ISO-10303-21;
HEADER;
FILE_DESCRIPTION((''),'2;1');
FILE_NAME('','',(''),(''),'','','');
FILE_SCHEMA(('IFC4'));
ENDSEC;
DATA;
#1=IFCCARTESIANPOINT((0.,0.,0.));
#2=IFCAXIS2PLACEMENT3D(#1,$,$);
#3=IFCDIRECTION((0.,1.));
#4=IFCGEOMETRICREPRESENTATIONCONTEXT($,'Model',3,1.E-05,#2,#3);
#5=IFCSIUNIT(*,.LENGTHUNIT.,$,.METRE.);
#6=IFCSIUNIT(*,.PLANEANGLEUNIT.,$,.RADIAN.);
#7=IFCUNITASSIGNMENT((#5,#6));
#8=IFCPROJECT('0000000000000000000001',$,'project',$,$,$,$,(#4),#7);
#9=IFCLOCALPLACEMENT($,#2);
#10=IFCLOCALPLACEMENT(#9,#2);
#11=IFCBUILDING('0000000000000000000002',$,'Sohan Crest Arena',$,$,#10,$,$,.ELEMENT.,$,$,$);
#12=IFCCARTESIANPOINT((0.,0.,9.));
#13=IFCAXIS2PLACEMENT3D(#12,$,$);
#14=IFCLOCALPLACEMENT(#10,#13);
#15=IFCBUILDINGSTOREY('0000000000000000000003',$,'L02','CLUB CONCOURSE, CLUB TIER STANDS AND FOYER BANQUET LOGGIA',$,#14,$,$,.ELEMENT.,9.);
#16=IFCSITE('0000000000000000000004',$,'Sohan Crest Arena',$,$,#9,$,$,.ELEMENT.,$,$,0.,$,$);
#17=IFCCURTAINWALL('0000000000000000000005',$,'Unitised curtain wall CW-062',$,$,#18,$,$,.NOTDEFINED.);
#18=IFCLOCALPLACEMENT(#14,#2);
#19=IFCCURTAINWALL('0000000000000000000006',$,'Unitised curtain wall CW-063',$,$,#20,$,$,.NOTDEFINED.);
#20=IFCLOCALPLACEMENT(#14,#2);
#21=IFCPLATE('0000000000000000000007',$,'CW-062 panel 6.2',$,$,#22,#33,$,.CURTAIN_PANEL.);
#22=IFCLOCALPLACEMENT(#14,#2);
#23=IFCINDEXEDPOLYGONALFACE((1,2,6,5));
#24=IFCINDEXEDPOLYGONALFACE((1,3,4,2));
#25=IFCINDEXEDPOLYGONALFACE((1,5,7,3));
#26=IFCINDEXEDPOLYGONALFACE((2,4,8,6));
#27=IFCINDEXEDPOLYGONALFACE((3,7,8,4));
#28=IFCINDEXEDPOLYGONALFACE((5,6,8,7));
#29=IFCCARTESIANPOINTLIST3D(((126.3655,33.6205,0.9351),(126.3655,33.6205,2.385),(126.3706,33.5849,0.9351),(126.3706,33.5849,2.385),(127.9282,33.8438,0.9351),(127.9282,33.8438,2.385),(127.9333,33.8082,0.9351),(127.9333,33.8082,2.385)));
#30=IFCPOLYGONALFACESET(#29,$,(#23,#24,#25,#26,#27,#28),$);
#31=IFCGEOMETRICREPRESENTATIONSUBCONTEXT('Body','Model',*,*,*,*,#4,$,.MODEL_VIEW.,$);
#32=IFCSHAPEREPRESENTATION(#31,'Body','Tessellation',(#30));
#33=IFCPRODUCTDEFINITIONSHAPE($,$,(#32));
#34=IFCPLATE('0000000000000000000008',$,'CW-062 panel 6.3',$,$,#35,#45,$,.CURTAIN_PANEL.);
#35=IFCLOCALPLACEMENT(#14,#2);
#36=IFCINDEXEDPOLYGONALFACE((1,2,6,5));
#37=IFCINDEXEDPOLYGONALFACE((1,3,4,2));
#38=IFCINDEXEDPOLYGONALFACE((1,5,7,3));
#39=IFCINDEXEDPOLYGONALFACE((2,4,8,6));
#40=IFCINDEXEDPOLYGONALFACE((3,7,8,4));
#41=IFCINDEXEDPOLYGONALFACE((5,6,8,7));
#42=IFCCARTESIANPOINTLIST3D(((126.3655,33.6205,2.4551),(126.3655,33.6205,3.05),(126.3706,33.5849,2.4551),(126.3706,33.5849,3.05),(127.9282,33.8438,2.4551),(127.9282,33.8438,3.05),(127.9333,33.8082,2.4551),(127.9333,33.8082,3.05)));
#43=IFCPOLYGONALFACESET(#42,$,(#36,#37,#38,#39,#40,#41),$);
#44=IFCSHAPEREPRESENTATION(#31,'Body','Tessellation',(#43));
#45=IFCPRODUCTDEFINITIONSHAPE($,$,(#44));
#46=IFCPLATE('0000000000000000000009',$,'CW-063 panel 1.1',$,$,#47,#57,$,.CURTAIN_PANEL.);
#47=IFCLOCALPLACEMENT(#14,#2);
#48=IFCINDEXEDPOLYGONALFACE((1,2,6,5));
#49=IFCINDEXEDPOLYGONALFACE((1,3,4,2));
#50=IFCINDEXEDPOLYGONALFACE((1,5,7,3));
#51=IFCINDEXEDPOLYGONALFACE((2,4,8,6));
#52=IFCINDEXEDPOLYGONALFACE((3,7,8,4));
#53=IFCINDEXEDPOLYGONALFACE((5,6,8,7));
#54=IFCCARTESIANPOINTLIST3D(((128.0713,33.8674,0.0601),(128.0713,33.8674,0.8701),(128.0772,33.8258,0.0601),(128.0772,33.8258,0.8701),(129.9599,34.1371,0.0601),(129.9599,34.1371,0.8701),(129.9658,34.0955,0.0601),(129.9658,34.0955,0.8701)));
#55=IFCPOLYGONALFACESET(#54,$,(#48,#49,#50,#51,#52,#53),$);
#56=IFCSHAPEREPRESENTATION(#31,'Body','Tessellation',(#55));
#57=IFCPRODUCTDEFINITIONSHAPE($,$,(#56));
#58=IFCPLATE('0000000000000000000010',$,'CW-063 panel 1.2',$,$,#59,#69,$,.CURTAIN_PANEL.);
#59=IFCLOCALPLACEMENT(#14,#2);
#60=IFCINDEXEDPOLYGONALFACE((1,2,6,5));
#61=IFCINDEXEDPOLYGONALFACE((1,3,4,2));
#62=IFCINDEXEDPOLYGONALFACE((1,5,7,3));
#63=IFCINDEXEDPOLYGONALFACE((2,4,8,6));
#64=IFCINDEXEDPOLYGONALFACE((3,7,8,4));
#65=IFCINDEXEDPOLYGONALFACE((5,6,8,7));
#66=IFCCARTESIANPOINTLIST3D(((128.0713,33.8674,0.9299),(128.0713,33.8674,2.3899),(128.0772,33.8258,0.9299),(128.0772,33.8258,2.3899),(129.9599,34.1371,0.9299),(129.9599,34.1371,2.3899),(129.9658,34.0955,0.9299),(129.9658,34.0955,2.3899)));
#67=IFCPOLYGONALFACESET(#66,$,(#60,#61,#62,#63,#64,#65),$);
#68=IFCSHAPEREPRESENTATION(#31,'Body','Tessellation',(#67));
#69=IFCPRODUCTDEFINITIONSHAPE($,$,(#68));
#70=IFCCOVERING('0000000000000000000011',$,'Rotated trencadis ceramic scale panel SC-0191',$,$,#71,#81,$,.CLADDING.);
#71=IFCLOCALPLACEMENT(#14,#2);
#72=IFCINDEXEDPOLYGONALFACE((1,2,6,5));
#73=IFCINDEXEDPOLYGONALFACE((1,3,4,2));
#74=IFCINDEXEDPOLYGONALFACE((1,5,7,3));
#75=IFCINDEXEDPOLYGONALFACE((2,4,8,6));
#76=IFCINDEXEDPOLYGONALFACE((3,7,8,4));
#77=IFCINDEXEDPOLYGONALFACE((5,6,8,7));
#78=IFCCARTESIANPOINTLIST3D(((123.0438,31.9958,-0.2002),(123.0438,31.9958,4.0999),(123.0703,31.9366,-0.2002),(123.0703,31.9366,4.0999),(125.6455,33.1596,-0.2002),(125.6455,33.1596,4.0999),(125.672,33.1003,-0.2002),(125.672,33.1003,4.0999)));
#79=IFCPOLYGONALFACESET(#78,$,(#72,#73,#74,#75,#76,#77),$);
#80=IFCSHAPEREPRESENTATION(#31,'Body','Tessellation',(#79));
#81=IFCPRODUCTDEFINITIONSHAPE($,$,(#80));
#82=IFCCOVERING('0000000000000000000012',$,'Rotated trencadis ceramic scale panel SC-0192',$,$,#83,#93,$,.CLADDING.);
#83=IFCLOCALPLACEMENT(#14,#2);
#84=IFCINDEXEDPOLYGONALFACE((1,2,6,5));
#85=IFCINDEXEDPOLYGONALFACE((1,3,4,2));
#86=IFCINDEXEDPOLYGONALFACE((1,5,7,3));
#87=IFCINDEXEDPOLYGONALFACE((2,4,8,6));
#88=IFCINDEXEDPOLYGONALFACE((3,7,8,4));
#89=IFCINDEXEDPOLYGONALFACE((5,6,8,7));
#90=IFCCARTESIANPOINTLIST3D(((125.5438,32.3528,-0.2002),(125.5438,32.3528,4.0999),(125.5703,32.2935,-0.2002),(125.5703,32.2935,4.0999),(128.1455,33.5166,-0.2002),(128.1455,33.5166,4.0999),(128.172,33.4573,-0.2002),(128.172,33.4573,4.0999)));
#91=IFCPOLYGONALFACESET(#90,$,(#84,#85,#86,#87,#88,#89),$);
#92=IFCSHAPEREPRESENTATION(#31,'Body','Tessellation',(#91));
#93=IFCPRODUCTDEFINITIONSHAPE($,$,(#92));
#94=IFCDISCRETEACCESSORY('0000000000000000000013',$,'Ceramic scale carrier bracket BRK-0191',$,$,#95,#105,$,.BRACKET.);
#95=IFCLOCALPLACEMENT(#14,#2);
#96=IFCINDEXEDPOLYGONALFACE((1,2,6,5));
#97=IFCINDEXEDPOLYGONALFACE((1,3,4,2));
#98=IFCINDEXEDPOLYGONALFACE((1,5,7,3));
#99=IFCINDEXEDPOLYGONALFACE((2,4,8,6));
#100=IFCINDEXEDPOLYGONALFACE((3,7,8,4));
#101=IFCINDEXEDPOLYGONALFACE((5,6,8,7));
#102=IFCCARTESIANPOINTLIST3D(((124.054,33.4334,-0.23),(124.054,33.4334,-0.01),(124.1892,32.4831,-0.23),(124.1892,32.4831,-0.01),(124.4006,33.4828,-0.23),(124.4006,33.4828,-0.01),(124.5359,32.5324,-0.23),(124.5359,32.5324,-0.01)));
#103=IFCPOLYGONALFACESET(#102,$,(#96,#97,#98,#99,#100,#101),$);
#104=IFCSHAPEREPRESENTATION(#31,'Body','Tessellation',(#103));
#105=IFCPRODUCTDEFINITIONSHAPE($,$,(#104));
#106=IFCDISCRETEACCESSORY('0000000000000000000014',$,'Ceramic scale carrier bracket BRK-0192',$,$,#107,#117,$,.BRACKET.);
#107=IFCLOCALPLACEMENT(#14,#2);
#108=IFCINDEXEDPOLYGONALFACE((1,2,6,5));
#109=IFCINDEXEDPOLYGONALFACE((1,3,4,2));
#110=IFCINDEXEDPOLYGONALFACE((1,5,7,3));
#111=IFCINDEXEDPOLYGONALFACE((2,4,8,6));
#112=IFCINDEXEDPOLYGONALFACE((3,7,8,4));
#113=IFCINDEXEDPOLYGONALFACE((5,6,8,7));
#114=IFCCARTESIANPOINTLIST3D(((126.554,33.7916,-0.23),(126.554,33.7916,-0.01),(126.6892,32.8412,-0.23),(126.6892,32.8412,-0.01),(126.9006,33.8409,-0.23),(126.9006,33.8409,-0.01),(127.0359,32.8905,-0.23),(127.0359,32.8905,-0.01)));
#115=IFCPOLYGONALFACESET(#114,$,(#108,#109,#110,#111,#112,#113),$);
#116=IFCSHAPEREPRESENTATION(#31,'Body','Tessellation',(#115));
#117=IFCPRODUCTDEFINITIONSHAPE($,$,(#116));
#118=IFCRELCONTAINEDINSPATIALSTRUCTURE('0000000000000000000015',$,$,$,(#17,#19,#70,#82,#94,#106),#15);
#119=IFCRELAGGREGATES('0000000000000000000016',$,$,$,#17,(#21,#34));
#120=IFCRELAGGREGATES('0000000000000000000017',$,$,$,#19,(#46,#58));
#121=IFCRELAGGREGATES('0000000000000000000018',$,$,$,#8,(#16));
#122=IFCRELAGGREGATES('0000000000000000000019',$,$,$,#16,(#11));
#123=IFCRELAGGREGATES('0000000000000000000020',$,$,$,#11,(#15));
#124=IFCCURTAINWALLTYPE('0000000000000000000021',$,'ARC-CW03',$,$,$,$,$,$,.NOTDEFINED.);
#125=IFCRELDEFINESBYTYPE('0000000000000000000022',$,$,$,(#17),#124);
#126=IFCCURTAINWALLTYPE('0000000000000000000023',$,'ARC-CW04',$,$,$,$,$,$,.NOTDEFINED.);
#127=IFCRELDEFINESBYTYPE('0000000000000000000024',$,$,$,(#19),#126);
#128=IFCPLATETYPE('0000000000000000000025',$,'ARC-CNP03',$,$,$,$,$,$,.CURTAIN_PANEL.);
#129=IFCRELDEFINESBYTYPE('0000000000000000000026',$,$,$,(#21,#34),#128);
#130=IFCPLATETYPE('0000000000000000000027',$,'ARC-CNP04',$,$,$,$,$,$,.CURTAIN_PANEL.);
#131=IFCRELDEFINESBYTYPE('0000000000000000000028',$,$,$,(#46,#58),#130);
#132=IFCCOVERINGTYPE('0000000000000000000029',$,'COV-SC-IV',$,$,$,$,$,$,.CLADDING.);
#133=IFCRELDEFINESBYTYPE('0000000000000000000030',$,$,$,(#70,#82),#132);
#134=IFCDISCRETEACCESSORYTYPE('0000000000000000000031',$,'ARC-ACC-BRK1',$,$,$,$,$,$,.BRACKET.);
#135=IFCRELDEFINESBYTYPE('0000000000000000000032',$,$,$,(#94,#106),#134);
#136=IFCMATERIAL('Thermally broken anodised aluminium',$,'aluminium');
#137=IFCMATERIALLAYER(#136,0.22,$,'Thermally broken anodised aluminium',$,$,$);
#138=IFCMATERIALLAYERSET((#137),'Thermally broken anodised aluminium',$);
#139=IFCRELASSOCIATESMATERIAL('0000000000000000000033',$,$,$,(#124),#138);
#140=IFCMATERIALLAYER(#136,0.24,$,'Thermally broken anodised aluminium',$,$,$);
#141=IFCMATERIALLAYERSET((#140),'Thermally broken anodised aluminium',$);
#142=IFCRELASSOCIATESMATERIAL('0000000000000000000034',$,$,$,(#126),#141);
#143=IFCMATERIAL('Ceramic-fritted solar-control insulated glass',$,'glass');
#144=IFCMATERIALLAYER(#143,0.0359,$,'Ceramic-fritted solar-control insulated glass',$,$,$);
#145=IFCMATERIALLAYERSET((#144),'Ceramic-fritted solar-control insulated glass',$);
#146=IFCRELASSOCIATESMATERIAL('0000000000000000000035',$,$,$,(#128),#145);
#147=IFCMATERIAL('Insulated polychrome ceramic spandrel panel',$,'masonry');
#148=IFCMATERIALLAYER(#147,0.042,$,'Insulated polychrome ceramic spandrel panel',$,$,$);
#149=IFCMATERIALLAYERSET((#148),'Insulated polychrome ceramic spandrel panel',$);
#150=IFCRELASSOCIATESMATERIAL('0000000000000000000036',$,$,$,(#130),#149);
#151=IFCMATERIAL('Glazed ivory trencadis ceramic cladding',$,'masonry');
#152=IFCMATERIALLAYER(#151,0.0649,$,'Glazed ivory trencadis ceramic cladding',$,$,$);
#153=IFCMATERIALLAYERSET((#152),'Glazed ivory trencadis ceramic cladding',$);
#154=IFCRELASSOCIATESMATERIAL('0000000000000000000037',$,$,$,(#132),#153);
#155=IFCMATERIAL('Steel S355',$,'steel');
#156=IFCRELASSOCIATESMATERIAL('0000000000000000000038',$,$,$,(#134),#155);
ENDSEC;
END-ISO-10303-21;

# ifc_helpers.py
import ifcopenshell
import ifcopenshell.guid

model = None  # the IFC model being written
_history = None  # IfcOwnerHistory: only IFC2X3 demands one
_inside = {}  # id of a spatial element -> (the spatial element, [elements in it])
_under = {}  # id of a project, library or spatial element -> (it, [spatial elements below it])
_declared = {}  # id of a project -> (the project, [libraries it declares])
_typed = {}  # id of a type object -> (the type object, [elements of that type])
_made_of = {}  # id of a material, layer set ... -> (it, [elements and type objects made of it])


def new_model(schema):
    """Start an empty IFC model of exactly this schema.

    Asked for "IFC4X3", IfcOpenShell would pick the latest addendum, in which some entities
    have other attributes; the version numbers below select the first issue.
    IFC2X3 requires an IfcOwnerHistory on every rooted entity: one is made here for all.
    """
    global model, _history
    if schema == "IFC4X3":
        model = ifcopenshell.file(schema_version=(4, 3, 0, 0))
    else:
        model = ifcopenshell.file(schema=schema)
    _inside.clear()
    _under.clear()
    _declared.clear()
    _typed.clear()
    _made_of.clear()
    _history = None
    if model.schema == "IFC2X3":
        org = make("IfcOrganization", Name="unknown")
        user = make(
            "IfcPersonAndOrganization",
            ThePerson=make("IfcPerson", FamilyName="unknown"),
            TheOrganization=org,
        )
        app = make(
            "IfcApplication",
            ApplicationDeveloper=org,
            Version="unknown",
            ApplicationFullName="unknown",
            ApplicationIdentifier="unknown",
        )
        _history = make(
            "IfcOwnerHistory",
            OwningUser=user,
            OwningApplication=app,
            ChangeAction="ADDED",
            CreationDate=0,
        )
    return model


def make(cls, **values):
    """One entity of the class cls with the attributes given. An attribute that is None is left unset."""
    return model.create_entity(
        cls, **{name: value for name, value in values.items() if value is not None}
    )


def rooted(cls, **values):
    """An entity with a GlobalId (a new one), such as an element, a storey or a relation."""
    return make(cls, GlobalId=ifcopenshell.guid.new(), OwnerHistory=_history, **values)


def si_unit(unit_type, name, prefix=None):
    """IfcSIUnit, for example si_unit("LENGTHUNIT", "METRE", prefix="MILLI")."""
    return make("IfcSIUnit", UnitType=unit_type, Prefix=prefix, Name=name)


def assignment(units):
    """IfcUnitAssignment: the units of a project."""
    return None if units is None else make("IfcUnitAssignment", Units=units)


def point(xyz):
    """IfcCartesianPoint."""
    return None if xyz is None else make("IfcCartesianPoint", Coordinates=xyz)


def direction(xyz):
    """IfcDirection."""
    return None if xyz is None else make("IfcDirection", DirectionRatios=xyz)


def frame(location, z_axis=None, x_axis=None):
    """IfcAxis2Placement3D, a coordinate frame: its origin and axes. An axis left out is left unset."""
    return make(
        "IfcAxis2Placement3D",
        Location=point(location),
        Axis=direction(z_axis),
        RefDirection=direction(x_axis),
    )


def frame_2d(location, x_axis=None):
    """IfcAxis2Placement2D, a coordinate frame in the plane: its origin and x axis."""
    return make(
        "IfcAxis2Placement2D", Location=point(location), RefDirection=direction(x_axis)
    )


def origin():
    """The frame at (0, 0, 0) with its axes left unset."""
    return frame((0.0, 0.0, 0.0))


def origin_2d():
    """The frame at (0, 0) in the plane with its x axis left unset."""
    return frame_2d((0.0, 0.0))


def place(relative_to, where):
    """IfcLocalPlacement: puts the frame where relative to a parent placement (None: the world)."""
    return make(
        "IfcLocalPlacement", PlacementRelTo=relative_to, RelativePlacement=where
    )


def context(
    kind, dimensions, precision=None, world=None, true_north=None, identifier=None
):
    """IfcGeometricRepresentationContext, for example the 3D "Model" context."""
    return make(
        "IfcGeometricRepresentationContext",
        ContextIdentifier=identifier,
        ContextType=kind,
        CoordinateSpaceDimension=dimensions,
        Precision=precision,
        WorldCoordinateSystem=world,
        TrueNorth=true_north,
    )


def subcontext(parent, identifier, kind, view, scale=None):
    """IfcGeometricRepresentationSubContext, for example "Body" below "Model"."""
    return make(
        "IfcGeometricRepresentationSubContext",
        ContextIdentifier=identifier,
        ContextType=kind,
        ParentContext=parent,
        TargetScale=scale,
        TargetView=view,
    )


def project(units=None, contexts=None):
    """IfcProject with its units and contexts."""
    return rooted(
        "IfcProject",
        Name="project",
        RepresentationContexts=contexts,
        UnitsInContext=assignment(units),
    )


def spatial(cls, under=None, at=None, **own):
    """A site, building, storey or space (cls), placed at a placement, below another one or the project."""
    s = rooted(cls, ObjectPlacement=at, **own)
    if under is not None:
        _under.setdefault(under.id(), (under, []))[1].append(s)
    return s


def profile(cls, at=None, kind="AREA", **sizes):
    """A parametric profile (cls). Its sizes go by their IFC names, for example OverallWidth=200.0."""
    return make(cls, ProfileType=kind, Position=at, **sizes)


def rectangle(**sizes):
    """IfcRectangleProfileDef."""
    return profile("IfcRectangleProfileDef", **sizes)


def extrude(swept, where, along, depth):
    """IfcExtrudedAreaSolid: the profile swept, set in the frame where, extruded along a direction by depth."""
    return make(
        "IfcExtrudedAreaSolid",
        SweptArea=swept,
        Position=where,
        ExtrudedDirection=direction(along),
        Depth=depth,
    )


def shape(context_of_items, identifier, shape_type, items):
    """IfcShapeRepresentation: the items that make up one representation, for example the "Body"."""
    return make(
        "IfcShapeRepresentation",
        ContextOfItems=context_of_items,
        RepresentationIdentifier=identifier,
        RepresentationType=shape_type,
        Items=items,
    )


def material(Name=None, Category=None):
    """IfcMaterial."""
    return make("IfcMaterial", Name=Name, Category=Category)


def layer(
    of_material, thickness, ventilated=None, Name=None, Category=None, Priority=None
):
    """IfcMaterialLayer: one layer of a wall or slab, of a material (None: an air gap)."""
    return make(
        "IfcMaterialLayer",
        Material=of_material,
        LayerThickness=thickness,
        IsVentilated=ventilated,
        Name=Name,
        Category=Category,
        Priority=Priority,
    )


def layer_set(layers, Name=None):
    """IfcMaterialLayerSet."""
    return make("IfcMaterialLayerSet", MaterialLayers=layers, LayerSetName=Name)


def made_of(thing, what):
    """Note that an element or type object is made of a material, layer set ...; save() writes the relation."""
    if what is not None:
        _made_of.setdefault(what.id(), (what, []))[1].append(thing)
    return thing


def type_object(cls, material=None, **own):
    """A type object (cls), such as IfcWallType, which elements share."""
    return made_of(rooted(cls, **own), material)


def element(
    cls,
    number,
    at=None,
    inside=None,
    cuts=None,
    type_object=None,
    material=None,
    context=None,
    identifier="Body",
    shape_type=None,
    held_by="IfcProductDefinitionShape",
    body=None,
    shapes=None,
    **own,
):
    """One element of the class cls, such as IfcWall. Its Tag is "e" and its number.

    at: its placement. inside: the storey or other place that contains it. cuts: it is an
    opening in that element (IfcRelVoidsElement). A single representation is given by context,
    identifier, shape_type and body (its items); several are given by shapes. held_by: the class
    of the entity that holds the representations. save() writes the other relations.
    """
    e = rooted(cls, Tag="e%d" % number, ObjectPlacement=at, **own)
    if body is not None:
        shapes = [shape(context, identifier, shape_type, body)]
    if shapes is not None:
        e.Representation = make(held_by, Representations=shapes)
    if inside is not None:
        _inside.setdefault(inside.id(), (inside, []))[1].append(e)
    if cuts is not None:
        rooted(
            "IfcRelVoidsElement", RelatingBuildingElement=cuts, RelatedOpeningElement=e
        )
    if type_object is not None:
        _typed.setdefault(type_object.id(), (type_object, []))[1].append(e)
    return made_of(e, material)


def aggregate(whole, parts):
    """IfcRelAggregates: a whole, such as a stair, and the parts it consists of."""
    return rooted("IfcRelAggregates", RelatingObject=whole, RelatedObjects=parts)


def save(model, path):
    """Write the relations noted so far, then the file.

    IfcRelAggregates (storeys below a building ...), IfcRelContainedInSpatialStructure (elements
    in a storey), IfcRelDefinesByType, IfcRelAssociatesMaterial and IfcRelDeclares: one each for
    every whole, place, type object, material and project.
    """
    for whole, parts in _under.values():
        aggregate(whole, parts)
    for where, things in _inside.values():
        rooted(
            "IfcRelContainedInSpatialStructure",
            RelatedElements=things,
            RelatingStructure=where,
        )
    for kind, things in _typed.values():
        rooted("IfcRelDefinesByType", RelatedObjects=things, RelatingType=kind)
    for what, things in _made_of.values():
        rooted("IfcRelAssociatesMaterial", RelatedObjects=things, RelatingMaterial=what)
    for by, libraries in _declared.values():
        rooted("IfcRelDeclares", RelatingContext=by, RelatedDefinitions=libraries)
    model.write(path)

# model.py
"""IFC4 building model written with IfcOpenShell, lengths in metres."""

from ifc_helpers import new_model, si_unit, direction, frame, origin, origin_2d, place, context, subcontext, project, spatial, rectangle, extrude, material, layer, layer_set, type_object, element, aggregate, save


model = new_model("IFC4")

# Units and contexts
model_context = context("Model", 3, precision=1e-05, world=origin(), true_north=direction((0.0, 1.0)))
body_context = subcontext(model_context, "Body", "Model", "MODEL_VIEW")
ifc_project = project(units=[si_unit("LENGTHUNIT", "METRE"), si_unit("PLANEANGLEUNIT", "RADIAN")], contexts=[model_context])

# Site, building, storey
site_placement = place(None, origin())
site = spatial("IfcSite", under=ifc_project, at=site_placement, Name="Sohan Crest Arena", CompositionType="ELEMENT", RefElevation=0.0)
building_placement = place(site_placement, origin())
building = spatial("IfcBuilding", under=site, at=building_placement, Name="Sohan Crest Arena", CompositionType="ELEMENT")
storey_placement = place(building_placement, frame((0.0, 0.0, 9.0)))
storey = spatial("IfcBuildingStorey", under=building, at=storey_placement, Name="L02", Description="CLUB CONCOURSE, CLUB TIER STANDS AND FOYER BANQUET LOGGIA", CompositionType="ELEMENT", Elevation=9.0)

# Shared definitions
ifc_material_1 = material(Name="Steel S355", Category="steel")

# Curtain walls
ifc_material_2 = material(Name="Thermally broken anodised aluminium", Category="aluminium")
ifc_layer_1 = layer(ifc_material_2, 0.22, Name="Thermally broken anodised aluminium")
ifc_layer_set_1 = layer_set([ifc_layer_1], Name="Thermally broken anodised aluminium")
curtain_wall_type_1 = type_object("IfcCurtainWallType", Name="ARC-CW03", PredefinedType="NOTDEFINED", material=ifc_layer_set_1)
curtain_wall_1_placement = place(storey_placement, origin())
curtain_wall_1 = element("IfcCurtainWall", 1, at=curtain_wall_1_placement, inside=storey, type_object=curtain_wall_type_1, Name="Unitised curtain wall CW-062", PredefinedType="NOTDEFINED")
ifc_layer_2 = layer(ifc_material_2, 0.24, Name="Thermally broken anodised aluminium")
ifc_layer_set_2 = layer_set([ifc_layer_2], Name="Thermally broken anodised aluminium")
curtain_wall_type_2 = type_object("IfcCurtainWallType", Name="ARC-CW04", PredefinedType="NOTDEFINED", material=ifc_layer_set_2)
curtain_wall_2_placement = place(storey_placement, origin())
curtain_wall_2 = element("IfcCurtainWall", 2, at=curtain_wall_2_placement, inside=storey, type_object=curtain_wall_type_2, Name="Unitised curtain wall CW-063", PredefinedType="NOTDEFINED")

# Plates
ifc_material_3 = material(Name="Ceramic-fritted solar-control insulated glass", Category="glass")
ifc_layer_3 = layer(ifc_material_3, 0.0359, Name="Ceramic-fritted solar-control insulated glass")
ifc_layer_set_3 = layer_set([ifc_layer_3], Name="Ceramic-fritted solar-control insulated glass")
plate_type_1 = type_object("IfcPlateType", Name="ARC-CNP03", PredefinedType="CURTAIN_PANEL", material=ifc_layer_set_3)
plate_1_placement = place(storey_placement, frame((127.1494, 33.7144, 0.9351), z_axis=(0.0, 0.0, 1.0), x_axis=(0.989944, 0.141463, 0.0)))
plate_1 = element("IfcPlate", 3, at=plate_1_placement, type_object=plate_type_1, Name="CW-062 panel 6.2", PredefinedType="CURTAIN_PANEL", context=body_context, shape_type="SweptSolid", body=[
    extrude(rectangle(XDim=1.5786, YDim=0.0359, at=origin_2d()), origin(), (0.0, 0.0, 1.0), 1.45),
])
plate_2_placement = place(storey_placement, frame((127.1494, 33.7144, 2.4551), z_axis=(0.0, 0.0, 1.0), x_axis=(0.989944, 0.141463, 0.0)))
plate_2 = element("IfcPlate", 4, at=plate_2_placement, type_object=plate_type_1, Name="CW-062 panel 6.3", PredefinedType="CURTAIN_PANEL", context=body_context, shape_type="SweptSolid", body=[
    extrude(rectangle(XDim=1.5786, YDim=0.0359, at=origin_2d()), origin(), (0.0, 0.0, 1.0), 0.595),
])
aggregate(curtain_wall_1, [plate_1, plate_2])
ifc_material_4 = material(Name="Insulated polychrome ceramic spandrel panel", Category="masonry")
ifc_layer_4 = layer(ifc_material_4, 0.042, Name="Insulated polychrome ceramic spandrel panel")
ifc_layer_set_4 = layer_set([ifc_layer_4], Name="Insulated polychrome ceramic spandrel panel")
plate_type_2 = type_object("IfcPlateType", Name="ARC-CNP04", PredefinedType="CURTAIN_PANEL", material=ifc_layer_set_4)
plate_3_placement = place(storey_placement, frame((129.0186, 33.9814, 0.0601), z_axis=(0.0, 0.0, 1.0), x_axis=(0.989957, 0.141366, 0.0)))
plate_3 = element("IfcPlate", 5, at=plate_3_placement, type_object=plate_type_2, Name="CW-063 panel 1.1", PredefinedType="CURTAIN_PANEL", context=body_context, shape_type="SweptSolid", body=[
    extrude(rectangle(XDim=1.9077, YDim=0.042, at=origin_2d()), origin(), (0.0, 0.0, 1.0), 0.8101),
])
plate_4_placement = place(storey_placement, frame((129.0186, 33.9814, 0.9299), z_axis=(0.0, 0.0, 1.0), x_axis=(0.989957, 0.141366, 0.0)))
plate_4 = element("IfcPlate", 6, at=plate_4_placement, type_object=plate_type_2, Name="CW-063 panel 1.2", PredefinedType="CURTAIN_PANEL", context=body_context, shape_type="SweptSolid", body=[
    extrude(rectangle(XDim=1.9077, YDim=0.042, at=origin_2d()), origin(), (0.0, 0.0, 1.0), 1.46),
])
aggregate(curtain_wall_2, [plate_3, plate_4])

# Coverings
ifc_material_5 = material(Name="Glazed ivory trencadis ceramic cladding", Category="masonry")
ifc_layer_5 = layer(ifc_material_5, 0.0649, Name="Glazed ivory trencadis ceramic cladding")
ifc_layer_set_5 = layer_set([ifc_layer_5], Name="Glazed ivory trencadis ceramic cladding")
covering_type = type_object("IfcCoveringType", Name="COV-SC-IV", PredefinedType="CLADDING", material=ifc_layer_set_5)
for number, where, z_axis, x_axis, name in (
    (7, (124.3579, 32.5481, -0.2002), (0.0, 0.0, 1.0), (0.912834, 0.40833, 0.0), "Rotated trencadis ceramic scale panel SC-0191"),
    (8, (126.8579, 32.905, -0.2002), (0.0, 0.0, 1.0), (0.912834, 0.40833, 0.0), "Rotated trencadis ceramic scale panel SC-0192"),
):
    element("IfcCovering", number, at=place(storey_placement, frame(where, z_axis=z_axis, x_axis=x_axis)), inside=storey, type_object=covering_type, Name=name, PredefinedType="CLADDING", context=body_context, shape_type="SweptSolid", body=[
        extrude(rectangle(XDim=2.8501, YDim=0.0649, at=origin_2d()), origin(), (0.0, 0.0, 1.0), 4.3),
    ])

# Discrete accessories
discrete_accessory_type = type_object("IfcDiscreteAccessoryType", Name="ARC-ACC-BRK1", PredefinedType="BRACKET", material=ifc_material_1)
for number, where, z_axis, x_axis, name in (
    (9, (124.2949, 32.9829, -0.23), (0.0, 0.0, 1.0), (0.990024, 0.140901, 0.0), "Ceramic scale carrier bracket BRK-0191"),
    (10, (126.7949, 33.3411, -0.23), (0.0, 0.0, 1.0), (0.990024, 0.140901, 0.0), "Ceramic scale carrier bracket BRK-0192"),
):
    element("IfcDiscreteAccessory", number, at=place(storey_placement, frame(where, z_axis=z_axis, x_axis=x_axis)), inside=storey, type_object=discrete_accessory_type, Name=name, PredefinedType="BRACKET", context=body_context, shape_type="SweptSolid", body=[
        extrude(rectangle(XDim=0.3501, YDim=0.96, at=origin_2d()), origin(), (0.0, 0.0, 1.0), 0.22),
    ])

save(model, "model.ifc")
